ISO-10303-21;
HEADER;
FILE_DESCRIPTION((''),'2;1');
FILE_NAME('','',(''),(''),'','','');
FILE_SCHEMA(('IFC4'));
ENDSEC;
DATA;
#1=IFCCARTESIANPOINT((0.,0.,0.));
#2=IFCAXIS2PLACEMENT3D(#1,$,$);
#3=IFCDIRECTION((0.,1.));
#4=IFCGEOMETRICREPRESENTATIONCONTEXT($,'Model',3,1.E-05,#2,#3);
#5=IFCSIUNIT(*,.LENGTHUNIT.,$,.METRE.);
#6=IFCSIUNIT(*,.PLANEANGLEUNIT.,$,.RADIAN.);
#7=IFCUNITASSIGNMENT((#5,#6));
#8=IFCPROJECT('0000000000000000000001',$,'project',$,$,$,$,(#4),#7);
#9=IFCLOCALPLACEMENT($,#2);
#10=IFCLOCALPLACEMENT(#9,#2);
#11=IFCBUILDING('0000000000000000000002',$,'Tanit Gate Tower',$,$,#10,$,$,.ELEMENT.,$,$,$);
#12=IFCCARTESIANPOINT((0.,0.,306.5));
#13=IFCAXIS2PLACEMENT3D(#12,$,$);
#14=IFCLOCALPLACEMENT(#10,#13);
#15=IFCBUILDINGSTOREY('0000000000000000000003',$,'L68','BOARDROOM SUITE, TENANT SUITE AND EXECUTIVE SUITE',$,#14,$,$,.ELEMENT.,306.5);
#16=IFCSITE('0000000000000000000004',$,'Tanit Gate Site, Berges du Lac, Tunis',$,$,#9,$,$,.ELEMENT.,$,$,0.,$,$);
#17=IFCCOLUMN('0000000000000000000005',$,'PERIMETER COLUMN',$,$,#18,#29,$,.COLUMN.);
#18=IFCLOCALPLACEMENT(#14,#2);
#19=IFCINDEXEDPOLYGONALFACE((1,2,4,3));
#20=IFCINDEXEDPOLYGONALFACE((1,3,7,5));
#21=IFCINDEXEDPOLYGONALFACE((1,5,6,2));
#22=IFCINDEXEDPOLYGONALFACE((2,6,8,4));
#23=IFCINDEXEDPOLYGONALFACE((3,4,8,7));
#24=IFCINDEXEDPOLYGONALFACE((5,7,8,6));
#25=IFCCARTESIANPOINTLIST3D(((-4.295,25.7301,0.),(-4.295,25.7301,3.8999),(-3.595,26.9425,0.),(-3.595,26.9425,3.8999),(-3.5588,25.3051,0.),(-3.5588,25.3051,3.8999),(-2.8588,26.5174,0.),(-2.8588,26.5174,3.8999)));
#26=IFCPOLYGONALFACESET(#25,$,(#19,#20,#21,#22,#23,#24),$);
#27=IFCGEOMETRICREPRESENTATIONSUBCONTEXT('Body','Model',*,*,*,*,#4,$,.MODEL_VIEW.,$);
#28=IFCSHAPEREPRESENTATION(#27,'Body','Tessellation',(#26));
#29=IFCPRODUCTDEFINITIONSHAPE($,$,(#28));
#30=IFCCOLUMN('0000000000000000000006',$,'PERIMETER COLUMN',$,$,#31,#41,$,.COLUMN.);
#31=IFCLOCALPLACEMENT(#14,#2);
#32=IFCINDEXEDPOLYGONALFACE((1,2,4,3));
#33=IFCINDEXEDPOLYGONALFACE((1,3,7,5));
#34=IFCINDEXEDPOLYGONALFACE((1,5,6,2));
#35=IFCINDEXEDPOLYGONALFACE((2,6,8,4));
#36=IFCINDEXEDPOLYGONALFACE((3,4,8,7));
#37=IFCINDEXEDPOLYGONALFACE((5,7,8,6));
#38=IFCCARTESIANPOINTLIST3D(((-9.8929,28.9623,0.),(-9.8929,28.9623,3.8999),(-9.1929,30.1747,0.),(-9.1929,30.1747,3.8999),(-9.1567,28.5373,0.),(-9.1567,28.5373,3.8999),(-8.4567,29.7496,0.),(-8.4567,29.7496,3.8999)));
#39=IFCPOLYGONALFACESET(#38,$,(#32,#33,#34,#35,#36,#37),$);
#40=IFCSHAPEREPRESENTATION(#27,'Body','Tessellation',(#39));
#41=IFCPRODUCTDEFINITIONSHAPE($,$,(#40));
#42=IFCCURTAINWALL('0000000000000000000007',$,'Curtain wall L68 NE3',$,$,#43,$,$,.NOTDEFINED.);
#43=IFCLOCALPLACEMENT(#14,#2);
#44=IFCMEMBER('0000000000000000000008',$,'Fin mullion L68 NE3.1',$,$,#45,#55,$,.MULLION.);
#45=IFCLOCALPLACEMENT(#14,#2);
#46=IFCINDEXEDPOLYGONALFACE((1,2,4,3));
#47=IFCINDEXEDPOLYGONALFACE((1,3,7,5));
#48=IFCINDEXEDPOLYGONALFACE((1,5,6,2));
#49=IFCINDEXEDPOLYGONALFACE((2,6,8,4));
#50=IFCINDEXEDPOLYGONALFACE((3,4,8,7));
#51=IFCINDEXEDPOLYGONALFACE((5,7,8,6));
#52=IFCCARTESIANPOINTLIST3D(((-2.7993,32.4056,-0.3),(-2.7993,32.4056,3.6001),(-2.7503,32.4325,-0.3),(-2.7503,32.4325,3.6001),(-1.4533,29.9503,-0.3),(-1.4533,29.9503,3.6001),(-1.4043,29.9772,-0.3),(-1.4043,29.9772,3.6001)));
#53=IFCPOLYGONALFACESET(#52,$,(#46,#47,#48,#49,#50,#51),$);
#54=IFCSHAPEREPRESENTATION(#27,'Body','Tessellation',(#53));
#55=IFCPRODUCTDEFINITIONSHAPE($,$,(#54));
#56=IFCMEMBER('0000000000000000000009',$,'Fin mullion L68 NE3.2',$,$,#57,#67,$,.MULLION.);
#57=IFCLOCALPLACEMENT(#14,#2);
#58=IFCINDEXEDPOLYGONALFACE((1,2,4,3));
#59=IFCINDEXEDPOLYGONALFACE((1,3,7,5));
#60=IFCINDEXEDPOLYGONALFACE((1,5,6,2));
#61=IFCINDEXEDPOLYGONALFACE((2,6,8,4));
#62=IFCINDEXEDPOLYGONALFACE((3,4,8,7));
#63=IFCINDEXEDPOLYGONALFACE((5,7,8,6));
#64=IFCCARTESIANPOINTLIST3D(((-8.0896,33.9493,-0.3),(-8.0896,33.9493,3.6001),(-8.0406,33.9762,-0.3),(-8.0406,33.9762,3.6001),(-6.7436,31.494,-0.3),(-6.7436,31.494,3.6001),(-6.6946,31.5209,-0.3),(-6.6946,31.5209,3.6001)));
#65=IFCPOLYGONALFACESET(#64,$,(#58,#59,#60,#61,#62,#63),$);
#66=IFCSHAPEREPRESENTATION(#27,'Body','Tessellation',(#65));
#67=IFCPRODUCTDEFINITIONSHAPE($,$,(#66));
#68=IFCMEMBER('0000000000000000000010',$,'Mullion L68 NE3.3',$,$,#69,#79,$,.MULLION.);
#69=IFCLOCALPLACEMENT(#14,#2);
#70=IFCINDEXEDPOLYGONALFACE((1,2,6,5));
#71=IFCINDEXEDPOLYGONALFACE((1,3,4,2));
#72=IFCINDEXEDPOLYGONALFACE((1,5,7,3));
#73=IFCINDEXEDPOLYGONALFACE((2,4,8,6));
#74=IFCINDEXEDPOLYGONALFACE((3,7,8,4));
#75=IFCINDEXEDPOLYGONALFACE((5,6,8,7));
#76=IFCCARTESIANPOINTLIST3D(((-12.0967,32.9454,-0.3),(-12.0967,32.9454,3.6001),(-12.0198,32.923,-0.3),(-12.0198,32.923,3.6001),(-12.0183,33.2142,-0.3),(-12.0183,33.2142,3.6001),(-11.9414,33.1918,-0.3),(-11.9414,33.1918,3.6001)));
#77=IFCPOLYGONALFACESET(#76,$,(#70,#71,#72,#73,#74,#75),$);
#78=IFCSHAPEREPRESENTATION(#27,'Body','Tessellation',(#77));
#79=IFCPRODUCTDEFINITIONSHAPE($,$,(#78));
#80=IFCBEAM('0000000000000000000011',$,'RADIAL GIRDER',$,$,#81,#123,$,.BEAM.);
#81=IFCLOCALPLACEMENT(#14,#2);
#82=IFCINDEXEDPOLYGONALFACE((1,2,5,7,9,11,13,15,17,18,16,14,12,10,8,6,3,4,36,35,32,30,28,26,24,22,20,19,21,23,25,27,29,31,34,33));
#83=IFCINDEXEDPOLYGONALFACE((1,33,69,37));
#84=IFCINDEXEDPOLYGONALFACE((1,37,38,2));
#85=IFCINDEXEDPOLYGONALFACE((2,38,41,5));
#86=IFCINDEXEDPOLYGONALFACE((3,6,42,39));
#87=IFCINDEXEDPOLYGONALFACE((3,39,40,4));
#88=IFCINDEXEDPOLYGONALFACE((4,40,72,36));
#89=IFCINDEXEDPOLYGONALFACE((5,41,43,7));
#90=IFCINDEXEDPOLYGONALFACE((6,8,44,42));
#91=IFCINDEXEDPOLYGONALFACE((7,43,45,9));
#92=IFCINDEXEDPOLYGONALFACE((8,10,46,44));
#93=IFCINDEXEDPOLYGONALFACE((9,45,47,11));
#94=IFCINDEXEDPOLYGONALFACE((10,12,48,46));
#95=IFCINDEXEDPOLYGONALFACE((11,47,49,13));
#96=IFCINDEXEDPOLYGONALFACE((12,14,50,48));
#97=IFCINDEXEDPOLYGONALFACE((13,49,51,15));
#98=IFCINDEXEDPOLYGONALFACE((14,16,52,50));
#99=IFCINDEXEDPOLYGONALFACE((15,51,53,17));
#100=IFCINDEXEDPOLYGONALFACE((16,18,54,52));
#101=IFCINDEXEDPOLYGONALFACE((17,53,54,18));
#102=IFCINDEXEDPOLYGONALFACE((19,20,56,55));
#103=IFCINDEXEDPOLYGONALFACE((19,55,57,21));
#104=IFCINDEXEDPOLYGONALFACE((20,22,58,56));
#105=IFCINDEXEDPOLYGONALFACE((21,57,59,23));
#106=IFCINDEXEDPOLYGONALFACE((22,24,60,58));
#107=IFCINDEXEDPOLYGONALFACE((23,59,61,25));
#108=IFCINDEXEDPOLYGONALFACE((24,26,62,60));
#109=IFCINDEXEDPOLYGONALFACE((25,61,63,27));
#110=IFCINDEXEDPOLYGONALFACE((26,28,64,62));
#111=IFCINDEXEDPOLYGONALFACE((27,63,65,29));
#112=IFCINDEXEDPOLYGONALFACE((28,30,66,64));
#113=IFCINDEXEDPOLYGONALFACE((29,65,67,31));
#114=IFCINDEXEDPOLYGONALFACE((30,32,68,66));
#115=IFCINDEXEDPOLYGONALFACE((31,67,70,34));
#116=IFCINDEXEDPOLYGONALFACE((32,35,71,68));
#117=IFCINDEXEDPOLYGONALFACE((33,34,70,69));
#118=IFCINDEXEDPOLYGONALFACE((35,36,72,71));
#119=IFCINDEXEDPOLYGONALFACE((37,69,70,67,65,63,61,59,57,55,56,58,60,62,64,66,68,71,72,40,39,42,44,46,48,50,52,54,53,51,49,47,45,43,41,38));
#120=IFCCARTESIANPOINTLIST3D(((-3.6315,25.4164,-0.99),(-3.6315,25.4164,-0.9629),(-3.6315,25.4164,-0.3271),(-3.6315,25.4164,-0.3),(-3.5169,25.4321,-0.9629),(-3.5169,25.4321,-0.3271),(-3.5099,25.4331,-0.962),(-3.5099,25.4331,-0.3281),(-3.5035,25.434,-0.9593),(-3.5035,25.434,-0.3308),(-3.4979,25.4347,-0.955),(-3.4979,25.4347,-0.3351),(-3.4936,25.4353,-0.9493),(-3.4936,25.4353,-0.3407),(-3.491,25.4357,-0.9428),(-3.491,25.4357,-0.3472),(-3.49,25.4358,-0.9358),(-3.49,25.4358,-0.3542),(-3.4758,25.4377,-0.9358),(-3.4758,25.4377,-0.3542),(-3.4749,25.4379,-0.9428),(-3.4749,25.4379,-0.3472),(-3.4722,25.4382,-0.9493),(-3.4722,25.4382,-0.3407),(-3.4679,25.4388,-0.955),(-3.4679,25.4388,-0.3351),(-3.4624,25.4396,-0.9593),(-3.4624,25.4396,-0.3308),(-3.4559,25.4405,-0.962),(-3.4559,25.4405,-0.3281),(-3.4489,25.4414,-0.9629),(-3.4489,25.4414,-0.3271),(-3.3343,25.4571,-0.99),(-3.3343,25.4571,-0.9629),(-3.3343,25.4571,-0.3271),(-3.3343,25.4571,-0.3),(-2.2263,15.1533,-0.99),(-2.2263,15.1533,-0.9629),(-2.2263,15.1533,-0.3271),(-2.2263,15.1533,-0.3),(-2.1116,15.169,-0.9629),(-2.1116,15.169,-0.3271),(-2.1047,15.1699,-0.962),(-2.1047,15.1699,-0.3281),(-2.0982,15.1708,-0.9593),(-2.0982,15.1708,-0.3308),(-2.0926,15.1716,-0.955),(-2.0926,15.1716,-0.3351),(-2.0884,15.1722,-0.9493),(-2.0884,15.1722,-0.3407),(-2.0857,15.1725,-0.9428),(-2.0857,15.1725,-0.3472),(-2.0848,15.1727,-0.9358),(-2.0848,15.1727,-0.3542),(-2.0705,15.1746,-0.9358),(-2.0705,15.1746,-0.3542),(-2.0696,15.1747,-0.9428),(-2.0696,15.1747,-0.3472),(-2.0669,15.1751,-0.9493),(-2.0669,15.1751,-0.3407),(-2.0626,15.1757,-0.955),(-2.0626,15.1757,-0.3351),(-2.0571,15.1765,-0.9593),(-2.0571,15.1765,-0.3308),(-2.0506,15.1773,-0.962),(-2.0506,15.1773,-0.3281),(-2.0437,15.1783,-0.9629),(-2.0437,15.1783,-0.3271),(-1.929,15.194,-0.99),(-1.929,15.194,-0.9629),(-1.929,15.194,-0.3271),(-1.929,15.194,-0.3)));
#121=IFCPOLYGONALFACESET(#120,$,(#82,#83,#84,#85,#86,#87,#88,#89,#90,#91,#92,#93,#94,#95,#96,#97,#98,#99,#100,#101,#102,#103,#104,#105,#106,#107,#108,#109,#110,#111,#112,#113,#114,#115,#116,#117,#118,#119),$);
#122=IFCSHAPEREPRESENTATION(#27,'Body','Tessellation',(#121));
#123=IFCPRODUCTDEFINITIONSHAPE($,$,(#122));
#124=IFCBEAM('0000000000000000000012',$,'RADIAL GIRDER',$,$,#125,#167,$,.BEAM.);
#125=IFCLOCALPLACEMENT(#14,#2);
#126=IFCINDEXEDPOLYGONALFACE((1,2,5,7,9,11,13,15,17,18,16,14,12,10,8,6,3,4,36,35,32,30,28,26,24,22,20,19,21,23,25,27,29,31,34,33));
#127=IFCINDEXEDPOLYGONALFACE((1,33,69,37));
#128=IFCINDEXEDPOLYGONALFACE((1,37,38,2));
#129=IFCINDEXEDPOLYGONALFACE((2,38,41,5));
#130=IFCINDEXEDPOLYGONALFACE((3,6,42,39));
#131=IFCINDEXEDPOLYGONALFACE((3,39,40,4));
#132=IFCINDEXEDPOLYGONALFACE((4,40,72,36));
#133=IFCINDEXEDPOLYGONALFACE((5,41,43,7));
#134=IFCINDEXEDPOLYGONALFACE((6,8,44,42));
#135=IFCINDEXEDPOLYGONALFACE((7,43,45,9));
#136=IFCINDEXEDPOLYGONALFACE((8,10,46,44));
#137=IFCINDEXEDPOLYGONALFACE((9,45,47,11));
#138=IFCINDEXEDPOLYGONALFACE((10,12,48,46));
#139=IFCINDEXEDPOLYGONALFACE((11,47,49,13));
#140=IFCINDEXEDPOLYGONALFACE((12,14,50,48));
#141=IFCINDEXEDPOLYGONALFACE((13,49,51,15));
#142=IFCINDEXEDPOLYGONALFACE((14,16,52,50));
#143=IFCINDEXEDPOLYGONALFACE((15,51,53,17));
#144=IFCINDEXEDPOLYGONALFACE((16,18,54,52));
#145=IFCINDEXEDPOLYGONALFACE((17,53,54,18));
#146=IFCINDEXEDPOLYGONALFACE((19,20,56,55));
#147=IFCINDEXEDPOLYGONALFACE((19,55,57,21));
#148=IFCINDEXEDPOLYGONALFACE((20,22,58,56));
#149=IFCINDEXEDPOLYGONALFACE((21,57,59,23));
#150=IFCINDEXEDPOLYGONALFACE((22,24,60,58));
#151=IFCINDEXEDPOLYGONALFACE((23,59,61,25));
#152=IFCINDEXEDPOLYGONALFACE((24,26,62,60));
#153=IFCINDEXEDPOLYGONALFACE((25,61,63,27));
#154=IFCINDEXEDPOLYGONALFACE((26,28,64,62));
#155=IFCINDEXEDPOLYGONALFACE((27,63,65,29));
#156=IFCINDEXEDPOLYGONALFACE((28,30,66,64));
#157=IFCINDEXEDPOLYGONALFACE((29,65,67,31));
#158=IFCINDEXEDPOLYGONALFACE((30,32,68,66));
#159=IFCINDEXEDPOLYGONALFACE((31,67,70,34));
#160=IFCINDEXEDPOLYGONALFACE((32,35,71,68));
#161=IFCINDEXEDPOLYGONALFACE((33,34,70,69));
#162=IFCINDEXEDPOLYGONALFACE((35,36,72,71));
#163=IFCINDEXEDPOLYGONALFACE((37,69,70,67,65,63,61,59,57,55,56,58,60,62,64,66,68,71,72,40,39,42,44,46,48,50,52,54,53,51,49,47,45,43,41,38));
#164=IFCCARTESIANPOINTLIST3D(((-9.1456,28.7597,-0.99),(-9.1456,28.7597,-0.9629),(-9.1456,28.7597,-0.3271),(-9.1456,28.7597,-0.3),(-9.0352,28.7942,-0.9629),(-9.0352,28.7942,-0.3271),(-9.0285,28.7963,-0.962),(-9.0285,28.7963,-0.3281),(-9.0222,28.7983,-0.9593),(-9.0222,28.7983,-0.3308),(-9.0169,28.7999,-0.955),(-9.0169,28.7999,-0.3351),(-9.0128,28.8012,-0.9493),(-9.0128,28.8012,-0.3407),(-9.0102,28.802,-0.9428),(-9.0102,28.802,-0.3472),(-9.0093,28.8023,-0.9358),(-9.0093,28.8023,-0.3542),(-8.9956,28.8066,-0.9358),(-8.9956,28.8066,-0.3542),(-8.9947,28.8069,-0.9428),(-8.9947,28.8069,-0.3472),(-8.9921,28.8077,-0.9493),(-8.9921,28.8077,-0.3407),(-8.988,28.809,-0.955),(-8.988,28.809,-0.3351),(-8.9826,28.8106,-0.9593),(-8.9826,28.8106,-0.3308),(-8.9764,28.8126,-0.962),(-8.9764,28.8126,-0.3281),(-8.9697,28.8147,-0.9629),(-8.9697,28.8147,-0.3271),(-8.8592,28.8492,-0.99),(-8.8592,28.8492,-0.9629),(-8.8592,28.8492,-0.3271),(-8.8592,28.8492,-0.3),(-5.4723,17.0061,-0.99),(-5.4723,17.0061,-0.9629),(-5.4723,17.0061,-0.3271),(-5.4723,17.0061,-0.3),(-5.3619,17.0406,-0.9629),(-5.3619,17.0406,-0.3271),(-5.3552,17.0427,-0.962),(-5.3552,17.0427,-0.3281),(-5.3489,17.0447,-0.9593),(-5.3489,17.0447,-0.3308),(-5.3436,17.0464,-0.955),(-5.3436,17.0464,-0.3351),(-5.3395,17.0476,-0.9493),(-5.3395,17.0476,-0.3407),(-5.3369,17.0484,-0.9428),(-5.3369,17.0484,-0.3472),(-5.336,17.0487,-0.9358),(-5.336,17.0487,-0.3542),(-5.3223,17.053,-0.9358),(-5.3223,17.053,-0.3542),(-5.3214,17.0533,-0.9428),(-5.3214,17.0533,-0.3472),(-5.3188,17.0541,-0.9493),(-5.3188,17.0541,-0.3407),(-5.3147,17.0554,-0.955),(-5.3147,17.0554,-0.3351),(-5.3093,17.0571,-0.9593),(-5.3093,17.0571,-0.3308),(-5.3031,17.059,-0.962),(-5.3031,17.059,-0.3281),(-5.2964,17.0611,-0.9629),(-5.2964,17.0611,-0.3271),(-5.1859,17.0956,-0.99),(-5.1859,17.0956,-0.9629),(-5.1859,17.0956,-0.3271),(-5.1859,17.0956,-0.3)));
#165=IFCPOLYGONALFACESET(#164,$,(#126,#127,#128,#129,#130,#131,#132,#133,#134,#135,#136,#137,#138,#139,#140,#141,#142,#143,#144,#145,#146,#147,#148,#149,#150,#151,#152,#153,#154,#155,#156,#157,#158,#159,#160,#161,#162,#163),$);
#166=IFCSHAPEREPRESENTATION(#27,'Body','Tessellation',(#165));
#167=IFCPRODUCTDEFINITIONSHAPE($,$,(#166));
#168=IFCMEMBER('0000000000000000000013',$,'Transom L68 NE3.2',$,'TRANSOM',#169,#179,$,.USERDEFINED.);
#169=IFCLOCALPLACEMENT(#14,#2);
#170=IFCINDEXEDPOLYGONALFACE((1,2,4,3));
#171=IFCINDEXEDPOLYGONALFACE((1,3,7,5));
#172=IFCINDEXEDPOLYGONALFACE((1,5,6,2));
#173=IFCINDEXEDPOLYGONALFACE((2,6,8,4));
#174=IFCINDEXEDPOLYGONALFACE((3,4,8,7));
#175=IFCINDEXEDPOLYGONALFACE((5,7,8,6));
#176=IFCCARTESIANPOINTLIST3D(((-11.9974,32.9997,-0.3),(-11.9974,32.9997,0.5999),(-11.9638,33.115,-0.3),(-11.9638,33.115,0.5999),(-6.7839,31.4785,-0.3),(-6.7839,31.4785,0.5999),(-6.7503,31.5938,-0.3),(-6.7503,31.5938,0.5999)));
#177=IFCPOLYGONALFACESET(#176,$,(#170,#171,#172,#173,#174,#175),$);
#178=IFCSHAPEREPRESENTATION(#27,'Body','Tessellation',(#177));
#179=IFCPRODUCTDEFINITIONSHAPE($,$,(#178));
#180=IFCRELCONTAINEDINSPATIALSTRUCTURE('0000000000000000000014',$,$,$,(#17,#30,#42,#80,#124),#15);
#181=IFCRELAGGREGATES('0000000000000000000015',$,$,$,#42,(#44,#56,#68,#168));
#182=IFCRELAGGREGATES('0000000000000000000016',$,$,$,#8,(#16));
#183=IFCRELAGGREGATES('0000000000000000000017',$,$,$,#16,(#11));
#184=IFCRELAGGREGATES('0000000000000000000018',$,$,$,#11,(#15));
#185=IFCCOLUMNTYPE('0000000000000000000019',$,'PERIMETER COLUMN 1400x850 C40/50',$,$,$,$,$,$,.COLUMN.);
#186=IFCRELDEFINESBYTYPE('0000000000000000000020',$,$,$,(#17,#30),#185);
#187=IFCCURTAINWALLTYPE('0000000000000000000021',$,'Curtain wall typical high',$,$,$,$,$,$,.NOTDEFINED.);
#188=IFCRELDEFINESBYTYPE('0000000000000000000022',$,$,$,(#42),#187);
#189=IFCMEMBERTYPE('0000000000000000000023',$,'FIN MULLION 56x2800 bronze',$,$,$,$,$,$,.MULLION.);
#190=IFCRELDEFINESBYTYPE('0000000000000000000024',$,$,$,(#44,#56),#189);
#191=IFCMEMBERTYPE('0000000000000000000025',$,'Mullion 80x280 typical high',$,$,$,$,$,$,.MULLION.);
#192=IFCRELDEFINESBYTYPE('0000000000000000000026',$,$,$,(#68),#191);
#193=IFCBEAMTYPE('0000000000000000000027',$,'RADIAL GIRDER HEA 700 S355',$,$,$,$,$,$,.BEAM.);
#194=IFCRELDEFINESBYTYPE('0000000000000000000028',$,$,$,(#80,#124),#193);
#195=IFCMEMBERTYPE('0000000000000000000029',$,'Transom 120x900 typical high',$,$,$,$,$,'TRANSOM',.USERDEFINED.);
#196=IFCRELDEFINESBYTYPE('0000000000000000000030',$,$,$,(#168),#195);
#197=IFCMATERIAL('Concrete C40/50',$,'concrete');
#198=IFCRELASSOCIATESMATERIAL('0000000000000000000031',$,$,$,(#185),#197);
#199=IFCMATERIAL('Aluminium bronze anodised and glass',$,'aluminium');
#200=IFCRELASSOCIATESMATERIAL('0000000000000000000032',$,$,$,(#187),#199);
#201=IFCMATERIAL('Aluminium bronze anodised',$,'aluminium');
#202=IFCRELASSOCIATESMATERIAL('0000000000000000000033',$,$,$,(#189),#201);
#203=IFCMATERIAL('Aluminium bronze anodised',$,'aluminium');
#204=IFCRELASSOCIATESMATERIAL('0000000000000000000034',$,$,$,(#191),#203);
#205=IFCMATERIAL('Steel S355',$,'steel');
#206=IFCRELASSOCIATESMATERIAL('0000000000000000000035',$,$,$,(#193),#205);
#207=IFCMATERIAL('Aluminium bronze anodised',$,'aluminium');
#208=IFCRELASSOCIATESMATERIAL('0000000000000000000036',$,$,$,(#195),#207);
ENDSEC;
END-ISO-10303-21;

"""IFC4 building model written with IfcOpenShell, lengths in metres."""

from ifc_helpers import new_model, si_unit, direction, frame, origin, origin_2d, place, context, subcontext, project, spatial, rectangle, i_section, extrude, material, material_profile, profile_set, type_object, element, aggregate, save


model = new_model("IFC4")

# Units and contexts
model_context = context("Model", 3, precision=1e-05, world=origin(), true_north=direction((0.0, 1.0)))
body_context = subcontext(model_context, "Body", "Model", "MODEL_VIEW")
ifc_project = project(units=[si_unit("LENGTHUNIT", "METRE"), si_unit("PLANEANGLEUNIT", "RADIAN")], contexts=[model_context])

# Site, building, storey
site_placement = place(None, origin())
site = spatial("IfcSite", under=ifc_project, at=site_placement, Name="Tanit Gate Site, Berges du Lac, Tunis", CompositionType="ELEMENT", RefElevation=0.0)
building_placement = place(site_placement, origin())
building = spatial("IfcBuilding", under=site, at=building_placement, Name="Tanit Gate Tower", CompositionType="ELEMENT")
storey_placement = place(building_placement, frame((0.0, 0.0, 306.5)))
storey = spatial("IfcBuildingStorey", under=building, at=storey_placement, Name="L68", Description="BOARDROOM SUITE, TENANT SUITE AND EXECUTIVE SUITE", CompositionType="ELEMENT", Elevation=306.5)

# Columns
ifc_material_1 = material(Name="Concrete C40/50", Category="concrete")
ifc_material_profile_1 = material_profile(ifc_material_1, rectangle(XDim=1.3999, YDim=0.8501, at=origin_2d()), Name="RC 1400x850")
ifc_profile_set_1 = profile_set([ifc_material_profile_1], Name="Concrete C40/50")
column_type = type_object("IfcColumnType", Name="PERIMETER COLUMN 1400x850 C40/50", PredefinedType="COLUMN", material=ifc_profile_set_1)
for number, where, z_axis, x_axis, name in (
    (1, (-3.5769, 26.1238, 0.0), (0.0, 0.0, 1.0), (0.5, 0.866025, 0.0), "PERIMETER COLUMN"),
    (2, (-9.1748, 29.356, 0.0), (0.0, 0.0, 1.0), (0.5, 0.866025, 0.0), "PERIMETER COLUMN"),
):
    element("IfcColumn", number, at=place(storey_placement, frame(where, z_axis=z_axis, x_axis=x_axis)), inside=storey, type_object=column_type, Name=name, PredefinedType="COLUMN", context=body_context, shape_type="SweptSolid", body=[
        extrude(rectangle(XDim=1.3999, YDim=0.8501, at=origin_2d()), origin(), (0.0, 0.0, 1.0), 3.8999),
    ])

# Curtain wall, members
ifc_material_2 = material(Name="Aluminium bronze anodised and glass", Category="aluminium")
curtain_wall_type = type_object("IfcCurtainWallType", Name="Curtain wall typical high", PredefinedType="NOTDEFINED", material=ifc_material_2)
curtain_wall_placement = place(storey_placement, origin())
curtain_wall = element("IfcCurtainWall", 3, at=curtain_wall_placement, inside=storey, type_object=curtain_wall_type, Name="Curtain wall L68 NE3", PredefinedType="NOTDEFINED")
ifc_material_3 = material(Name="Aluminium bronze anodised", Category="aluminium")
ifc_material_profile_2 = material_profile(ifc_material_3, rectangle(XDim=2.8, YDim=0.0559, at=origin_2d()), Name="56x2800 bronze fin mullion")
ifc_profile_set_2 = profile_set([ifc_material_profile_2], Name="Aluminium bronze anodised")
member_type_1 = type_object("IfcMemberType", Name="FIN MULLION 56x2800 bronze", PredefinedType="MULLION", material=ifc_profile_set_2)
member_1_placement = place(storey_placement, frame((-2.1018, 31.1914, -0.3), z_axis=(0.0, 0.0, 1.0), x_axis=(0.480719, -0.876875, 0.0)))
member_1 = element("IfcMember", 4, at=member_1_placement, type_object=member_type_1, Name="Fin mullion L68 NE3.1", PredefinedType="MULLION", context=body_context, shape_type="SweptSolid", body=[
    extrude(rectangle(XDim=2.8, YDim=0.0559, at=origin_2d()), origin(), (0.0, 0.0, 1.0), 3.9001),
])
member_2_placement = place(storey_placement, frame((-7.3921, 32.7351, -0.3), z_axis=(0.0, 0.0, 1.0), x_axis=(0.480719, -0.876875, 0.0)))
member_2 = element("IfcMember", 5, at=member_2_placement, type_object=member_type_1, Name="Fin mullion L68 NE3.2", PredefinedType="MULLION", context=body_context, shape_type="SweptSolid", body=[
    extrude(rectangle(XDim=2.8, YDim=0.0559, at=origin_2d()), origin(), (0.0, 0.0, 1.0), 3.9001),
])
ifc_material_4 = material(Name="Aluminium bronze anodised", Category="aluminium")
ifc_material_profile_3 = material_profile(ifc_material_4, rectangle(XDim=0.28, YDim=0.0801, at=origin_2d()), Name="80x280 bronze mullion")
ifc_profile_set_3 = profile_set([ifc_material_profile_3], Name="Aluminium bronze anodised")
member_type_2 = type_object("IfcMemberType", Name="Mullion 80x280 typical high", PredefinedType="MULLION", material=ifc_profile_set_3)
member_3_placement = place(storey_placement, frame((-12.019, 33.0686, -0.3), z_axis=(0.0, 0.0, 1.0), x_axis=(-0.280124, -0.959964, 0.0)))
member_3 = element("IfcMember", 6, at=member_3_placement, type_object=member_type_2, Name="Mullion L68 NE3.3", PredefinedType="MULLION", context=body_context, shape_type="SweptSolid", body=[
    extrude(rectangle(XDim=0.28, YDim=0.0801, at=origin_2d()), origin(), (0.0, 0.0, 1.0), 3.9001),
])

# Beams
ifc_material_5 = material(Name="Steel S355", Category="steel")
ifc_material_profile_4 = material_profile(ifc_material_5, i_section(OverallWidth=0.3, OverallDepth=0.6899, WebThickness=0.0144, FlangeThickness=0.0271, FilletRadius=0.0271, at=origin_2d()), Name="HEA 700")
ifc_profile_set_4 = profile_set([ifc_material_profile_4], Name="Steel S355")
beam_type = type_object("IfcBeamType", Name="RADIAL GIRDER HEA 700 S355", PredefinedType="BEAM", material=ifc_profile_set_4)
beam_1_placement = place(storey_placement, frame((-3.4829, 25.4368, -0.645), z_axis=(0.135658, -0.990756, 0.0), x_axis=(0.990756, 0.135658, 0.0)))
element("IfcBeam", 7, at=beam_1_placement, inside=storey, type_object=beam_type, Name="RADIAL GIRDER", PredefinedType="BEAM", context=body_context, shape_type="SweptSolid", body=[
    extrude(i_section(OverallWidth=0.3, OverallDepth=0.6899, WebThickness=0.0144, FlangeThickness=0.0271, FilletRadius=0.0271, at=origin_2d()), origin(), (0.0, 0.0, 1.0), 10.3589),
])
beam_2_placement = place(storey_placement, frame((-9.0024, 28.8044, -0.645), z_axis=(0.298299, -0.954473, 0.0), x_axis=(0.954473, 0.298299, 0.0)))
element("IfcBeam", 8, at=beam_2_placement, inside=storey, type_object=beam_type, Name="RADIAL GIRDER", PredefinedType="BEAM", context=body_context, shape_type="SweptSolid", body=[
    extrude(i_section(OverallWidth=0.3, OverallDepth=0.6899, WebThickness=0.0144, FlangeThickness=0.0271, FilletRadius=0.0271, at=origin_2d()), origin(), (0.0, 0.0, 1.0), 12.3142),
])

# Member
ifc_material_6 = material(Name="Aluminium bronze anodised", Category="aluminium")
ifc_material_profile_5 = material_profile(ifc_material_6, rectangle(XDim=0.1201, YDim=0.8999, at=origin_2d()), Name="120x900 bronze transom")
ifc_profile_set_5 = profile_set([ifc_material_profile_5], Name="Aluminium bronze anodised")
member_type_3 = type_object("IfcMemberType", Name="Transom 120x900 typical high", ElementType="TRANSOM", PredefinedType="USERDEFINED", material=ifc_profile_set_5)
member_4_placement = place(storey_placement, frame((-6.7671, 31.5361, 0.1499), z_axis=(-0.95997, 0.280102, 0.0), x_axis=(-0.280102, -0.95997, 0.0)))
member_4 = element("IfcMember", 9, at=member_4_placement, type_object=member_type_3, Name="Transom L68 NE3.2", ObjectType="TRANSOM", PredefinedType="USERDEFINED", context=body_context, shape_type="SweptSolid", body=[
    extrude(rectangle(XDim=0.1201, YDim=0.8999, at=origin_2d()), origin(), (0.0, 0.0, 1.0), 5.4309),
])

aggregate(curtain_wall, [member_1, member_2, member_3, member_4])

save(model, "model.ifc")
